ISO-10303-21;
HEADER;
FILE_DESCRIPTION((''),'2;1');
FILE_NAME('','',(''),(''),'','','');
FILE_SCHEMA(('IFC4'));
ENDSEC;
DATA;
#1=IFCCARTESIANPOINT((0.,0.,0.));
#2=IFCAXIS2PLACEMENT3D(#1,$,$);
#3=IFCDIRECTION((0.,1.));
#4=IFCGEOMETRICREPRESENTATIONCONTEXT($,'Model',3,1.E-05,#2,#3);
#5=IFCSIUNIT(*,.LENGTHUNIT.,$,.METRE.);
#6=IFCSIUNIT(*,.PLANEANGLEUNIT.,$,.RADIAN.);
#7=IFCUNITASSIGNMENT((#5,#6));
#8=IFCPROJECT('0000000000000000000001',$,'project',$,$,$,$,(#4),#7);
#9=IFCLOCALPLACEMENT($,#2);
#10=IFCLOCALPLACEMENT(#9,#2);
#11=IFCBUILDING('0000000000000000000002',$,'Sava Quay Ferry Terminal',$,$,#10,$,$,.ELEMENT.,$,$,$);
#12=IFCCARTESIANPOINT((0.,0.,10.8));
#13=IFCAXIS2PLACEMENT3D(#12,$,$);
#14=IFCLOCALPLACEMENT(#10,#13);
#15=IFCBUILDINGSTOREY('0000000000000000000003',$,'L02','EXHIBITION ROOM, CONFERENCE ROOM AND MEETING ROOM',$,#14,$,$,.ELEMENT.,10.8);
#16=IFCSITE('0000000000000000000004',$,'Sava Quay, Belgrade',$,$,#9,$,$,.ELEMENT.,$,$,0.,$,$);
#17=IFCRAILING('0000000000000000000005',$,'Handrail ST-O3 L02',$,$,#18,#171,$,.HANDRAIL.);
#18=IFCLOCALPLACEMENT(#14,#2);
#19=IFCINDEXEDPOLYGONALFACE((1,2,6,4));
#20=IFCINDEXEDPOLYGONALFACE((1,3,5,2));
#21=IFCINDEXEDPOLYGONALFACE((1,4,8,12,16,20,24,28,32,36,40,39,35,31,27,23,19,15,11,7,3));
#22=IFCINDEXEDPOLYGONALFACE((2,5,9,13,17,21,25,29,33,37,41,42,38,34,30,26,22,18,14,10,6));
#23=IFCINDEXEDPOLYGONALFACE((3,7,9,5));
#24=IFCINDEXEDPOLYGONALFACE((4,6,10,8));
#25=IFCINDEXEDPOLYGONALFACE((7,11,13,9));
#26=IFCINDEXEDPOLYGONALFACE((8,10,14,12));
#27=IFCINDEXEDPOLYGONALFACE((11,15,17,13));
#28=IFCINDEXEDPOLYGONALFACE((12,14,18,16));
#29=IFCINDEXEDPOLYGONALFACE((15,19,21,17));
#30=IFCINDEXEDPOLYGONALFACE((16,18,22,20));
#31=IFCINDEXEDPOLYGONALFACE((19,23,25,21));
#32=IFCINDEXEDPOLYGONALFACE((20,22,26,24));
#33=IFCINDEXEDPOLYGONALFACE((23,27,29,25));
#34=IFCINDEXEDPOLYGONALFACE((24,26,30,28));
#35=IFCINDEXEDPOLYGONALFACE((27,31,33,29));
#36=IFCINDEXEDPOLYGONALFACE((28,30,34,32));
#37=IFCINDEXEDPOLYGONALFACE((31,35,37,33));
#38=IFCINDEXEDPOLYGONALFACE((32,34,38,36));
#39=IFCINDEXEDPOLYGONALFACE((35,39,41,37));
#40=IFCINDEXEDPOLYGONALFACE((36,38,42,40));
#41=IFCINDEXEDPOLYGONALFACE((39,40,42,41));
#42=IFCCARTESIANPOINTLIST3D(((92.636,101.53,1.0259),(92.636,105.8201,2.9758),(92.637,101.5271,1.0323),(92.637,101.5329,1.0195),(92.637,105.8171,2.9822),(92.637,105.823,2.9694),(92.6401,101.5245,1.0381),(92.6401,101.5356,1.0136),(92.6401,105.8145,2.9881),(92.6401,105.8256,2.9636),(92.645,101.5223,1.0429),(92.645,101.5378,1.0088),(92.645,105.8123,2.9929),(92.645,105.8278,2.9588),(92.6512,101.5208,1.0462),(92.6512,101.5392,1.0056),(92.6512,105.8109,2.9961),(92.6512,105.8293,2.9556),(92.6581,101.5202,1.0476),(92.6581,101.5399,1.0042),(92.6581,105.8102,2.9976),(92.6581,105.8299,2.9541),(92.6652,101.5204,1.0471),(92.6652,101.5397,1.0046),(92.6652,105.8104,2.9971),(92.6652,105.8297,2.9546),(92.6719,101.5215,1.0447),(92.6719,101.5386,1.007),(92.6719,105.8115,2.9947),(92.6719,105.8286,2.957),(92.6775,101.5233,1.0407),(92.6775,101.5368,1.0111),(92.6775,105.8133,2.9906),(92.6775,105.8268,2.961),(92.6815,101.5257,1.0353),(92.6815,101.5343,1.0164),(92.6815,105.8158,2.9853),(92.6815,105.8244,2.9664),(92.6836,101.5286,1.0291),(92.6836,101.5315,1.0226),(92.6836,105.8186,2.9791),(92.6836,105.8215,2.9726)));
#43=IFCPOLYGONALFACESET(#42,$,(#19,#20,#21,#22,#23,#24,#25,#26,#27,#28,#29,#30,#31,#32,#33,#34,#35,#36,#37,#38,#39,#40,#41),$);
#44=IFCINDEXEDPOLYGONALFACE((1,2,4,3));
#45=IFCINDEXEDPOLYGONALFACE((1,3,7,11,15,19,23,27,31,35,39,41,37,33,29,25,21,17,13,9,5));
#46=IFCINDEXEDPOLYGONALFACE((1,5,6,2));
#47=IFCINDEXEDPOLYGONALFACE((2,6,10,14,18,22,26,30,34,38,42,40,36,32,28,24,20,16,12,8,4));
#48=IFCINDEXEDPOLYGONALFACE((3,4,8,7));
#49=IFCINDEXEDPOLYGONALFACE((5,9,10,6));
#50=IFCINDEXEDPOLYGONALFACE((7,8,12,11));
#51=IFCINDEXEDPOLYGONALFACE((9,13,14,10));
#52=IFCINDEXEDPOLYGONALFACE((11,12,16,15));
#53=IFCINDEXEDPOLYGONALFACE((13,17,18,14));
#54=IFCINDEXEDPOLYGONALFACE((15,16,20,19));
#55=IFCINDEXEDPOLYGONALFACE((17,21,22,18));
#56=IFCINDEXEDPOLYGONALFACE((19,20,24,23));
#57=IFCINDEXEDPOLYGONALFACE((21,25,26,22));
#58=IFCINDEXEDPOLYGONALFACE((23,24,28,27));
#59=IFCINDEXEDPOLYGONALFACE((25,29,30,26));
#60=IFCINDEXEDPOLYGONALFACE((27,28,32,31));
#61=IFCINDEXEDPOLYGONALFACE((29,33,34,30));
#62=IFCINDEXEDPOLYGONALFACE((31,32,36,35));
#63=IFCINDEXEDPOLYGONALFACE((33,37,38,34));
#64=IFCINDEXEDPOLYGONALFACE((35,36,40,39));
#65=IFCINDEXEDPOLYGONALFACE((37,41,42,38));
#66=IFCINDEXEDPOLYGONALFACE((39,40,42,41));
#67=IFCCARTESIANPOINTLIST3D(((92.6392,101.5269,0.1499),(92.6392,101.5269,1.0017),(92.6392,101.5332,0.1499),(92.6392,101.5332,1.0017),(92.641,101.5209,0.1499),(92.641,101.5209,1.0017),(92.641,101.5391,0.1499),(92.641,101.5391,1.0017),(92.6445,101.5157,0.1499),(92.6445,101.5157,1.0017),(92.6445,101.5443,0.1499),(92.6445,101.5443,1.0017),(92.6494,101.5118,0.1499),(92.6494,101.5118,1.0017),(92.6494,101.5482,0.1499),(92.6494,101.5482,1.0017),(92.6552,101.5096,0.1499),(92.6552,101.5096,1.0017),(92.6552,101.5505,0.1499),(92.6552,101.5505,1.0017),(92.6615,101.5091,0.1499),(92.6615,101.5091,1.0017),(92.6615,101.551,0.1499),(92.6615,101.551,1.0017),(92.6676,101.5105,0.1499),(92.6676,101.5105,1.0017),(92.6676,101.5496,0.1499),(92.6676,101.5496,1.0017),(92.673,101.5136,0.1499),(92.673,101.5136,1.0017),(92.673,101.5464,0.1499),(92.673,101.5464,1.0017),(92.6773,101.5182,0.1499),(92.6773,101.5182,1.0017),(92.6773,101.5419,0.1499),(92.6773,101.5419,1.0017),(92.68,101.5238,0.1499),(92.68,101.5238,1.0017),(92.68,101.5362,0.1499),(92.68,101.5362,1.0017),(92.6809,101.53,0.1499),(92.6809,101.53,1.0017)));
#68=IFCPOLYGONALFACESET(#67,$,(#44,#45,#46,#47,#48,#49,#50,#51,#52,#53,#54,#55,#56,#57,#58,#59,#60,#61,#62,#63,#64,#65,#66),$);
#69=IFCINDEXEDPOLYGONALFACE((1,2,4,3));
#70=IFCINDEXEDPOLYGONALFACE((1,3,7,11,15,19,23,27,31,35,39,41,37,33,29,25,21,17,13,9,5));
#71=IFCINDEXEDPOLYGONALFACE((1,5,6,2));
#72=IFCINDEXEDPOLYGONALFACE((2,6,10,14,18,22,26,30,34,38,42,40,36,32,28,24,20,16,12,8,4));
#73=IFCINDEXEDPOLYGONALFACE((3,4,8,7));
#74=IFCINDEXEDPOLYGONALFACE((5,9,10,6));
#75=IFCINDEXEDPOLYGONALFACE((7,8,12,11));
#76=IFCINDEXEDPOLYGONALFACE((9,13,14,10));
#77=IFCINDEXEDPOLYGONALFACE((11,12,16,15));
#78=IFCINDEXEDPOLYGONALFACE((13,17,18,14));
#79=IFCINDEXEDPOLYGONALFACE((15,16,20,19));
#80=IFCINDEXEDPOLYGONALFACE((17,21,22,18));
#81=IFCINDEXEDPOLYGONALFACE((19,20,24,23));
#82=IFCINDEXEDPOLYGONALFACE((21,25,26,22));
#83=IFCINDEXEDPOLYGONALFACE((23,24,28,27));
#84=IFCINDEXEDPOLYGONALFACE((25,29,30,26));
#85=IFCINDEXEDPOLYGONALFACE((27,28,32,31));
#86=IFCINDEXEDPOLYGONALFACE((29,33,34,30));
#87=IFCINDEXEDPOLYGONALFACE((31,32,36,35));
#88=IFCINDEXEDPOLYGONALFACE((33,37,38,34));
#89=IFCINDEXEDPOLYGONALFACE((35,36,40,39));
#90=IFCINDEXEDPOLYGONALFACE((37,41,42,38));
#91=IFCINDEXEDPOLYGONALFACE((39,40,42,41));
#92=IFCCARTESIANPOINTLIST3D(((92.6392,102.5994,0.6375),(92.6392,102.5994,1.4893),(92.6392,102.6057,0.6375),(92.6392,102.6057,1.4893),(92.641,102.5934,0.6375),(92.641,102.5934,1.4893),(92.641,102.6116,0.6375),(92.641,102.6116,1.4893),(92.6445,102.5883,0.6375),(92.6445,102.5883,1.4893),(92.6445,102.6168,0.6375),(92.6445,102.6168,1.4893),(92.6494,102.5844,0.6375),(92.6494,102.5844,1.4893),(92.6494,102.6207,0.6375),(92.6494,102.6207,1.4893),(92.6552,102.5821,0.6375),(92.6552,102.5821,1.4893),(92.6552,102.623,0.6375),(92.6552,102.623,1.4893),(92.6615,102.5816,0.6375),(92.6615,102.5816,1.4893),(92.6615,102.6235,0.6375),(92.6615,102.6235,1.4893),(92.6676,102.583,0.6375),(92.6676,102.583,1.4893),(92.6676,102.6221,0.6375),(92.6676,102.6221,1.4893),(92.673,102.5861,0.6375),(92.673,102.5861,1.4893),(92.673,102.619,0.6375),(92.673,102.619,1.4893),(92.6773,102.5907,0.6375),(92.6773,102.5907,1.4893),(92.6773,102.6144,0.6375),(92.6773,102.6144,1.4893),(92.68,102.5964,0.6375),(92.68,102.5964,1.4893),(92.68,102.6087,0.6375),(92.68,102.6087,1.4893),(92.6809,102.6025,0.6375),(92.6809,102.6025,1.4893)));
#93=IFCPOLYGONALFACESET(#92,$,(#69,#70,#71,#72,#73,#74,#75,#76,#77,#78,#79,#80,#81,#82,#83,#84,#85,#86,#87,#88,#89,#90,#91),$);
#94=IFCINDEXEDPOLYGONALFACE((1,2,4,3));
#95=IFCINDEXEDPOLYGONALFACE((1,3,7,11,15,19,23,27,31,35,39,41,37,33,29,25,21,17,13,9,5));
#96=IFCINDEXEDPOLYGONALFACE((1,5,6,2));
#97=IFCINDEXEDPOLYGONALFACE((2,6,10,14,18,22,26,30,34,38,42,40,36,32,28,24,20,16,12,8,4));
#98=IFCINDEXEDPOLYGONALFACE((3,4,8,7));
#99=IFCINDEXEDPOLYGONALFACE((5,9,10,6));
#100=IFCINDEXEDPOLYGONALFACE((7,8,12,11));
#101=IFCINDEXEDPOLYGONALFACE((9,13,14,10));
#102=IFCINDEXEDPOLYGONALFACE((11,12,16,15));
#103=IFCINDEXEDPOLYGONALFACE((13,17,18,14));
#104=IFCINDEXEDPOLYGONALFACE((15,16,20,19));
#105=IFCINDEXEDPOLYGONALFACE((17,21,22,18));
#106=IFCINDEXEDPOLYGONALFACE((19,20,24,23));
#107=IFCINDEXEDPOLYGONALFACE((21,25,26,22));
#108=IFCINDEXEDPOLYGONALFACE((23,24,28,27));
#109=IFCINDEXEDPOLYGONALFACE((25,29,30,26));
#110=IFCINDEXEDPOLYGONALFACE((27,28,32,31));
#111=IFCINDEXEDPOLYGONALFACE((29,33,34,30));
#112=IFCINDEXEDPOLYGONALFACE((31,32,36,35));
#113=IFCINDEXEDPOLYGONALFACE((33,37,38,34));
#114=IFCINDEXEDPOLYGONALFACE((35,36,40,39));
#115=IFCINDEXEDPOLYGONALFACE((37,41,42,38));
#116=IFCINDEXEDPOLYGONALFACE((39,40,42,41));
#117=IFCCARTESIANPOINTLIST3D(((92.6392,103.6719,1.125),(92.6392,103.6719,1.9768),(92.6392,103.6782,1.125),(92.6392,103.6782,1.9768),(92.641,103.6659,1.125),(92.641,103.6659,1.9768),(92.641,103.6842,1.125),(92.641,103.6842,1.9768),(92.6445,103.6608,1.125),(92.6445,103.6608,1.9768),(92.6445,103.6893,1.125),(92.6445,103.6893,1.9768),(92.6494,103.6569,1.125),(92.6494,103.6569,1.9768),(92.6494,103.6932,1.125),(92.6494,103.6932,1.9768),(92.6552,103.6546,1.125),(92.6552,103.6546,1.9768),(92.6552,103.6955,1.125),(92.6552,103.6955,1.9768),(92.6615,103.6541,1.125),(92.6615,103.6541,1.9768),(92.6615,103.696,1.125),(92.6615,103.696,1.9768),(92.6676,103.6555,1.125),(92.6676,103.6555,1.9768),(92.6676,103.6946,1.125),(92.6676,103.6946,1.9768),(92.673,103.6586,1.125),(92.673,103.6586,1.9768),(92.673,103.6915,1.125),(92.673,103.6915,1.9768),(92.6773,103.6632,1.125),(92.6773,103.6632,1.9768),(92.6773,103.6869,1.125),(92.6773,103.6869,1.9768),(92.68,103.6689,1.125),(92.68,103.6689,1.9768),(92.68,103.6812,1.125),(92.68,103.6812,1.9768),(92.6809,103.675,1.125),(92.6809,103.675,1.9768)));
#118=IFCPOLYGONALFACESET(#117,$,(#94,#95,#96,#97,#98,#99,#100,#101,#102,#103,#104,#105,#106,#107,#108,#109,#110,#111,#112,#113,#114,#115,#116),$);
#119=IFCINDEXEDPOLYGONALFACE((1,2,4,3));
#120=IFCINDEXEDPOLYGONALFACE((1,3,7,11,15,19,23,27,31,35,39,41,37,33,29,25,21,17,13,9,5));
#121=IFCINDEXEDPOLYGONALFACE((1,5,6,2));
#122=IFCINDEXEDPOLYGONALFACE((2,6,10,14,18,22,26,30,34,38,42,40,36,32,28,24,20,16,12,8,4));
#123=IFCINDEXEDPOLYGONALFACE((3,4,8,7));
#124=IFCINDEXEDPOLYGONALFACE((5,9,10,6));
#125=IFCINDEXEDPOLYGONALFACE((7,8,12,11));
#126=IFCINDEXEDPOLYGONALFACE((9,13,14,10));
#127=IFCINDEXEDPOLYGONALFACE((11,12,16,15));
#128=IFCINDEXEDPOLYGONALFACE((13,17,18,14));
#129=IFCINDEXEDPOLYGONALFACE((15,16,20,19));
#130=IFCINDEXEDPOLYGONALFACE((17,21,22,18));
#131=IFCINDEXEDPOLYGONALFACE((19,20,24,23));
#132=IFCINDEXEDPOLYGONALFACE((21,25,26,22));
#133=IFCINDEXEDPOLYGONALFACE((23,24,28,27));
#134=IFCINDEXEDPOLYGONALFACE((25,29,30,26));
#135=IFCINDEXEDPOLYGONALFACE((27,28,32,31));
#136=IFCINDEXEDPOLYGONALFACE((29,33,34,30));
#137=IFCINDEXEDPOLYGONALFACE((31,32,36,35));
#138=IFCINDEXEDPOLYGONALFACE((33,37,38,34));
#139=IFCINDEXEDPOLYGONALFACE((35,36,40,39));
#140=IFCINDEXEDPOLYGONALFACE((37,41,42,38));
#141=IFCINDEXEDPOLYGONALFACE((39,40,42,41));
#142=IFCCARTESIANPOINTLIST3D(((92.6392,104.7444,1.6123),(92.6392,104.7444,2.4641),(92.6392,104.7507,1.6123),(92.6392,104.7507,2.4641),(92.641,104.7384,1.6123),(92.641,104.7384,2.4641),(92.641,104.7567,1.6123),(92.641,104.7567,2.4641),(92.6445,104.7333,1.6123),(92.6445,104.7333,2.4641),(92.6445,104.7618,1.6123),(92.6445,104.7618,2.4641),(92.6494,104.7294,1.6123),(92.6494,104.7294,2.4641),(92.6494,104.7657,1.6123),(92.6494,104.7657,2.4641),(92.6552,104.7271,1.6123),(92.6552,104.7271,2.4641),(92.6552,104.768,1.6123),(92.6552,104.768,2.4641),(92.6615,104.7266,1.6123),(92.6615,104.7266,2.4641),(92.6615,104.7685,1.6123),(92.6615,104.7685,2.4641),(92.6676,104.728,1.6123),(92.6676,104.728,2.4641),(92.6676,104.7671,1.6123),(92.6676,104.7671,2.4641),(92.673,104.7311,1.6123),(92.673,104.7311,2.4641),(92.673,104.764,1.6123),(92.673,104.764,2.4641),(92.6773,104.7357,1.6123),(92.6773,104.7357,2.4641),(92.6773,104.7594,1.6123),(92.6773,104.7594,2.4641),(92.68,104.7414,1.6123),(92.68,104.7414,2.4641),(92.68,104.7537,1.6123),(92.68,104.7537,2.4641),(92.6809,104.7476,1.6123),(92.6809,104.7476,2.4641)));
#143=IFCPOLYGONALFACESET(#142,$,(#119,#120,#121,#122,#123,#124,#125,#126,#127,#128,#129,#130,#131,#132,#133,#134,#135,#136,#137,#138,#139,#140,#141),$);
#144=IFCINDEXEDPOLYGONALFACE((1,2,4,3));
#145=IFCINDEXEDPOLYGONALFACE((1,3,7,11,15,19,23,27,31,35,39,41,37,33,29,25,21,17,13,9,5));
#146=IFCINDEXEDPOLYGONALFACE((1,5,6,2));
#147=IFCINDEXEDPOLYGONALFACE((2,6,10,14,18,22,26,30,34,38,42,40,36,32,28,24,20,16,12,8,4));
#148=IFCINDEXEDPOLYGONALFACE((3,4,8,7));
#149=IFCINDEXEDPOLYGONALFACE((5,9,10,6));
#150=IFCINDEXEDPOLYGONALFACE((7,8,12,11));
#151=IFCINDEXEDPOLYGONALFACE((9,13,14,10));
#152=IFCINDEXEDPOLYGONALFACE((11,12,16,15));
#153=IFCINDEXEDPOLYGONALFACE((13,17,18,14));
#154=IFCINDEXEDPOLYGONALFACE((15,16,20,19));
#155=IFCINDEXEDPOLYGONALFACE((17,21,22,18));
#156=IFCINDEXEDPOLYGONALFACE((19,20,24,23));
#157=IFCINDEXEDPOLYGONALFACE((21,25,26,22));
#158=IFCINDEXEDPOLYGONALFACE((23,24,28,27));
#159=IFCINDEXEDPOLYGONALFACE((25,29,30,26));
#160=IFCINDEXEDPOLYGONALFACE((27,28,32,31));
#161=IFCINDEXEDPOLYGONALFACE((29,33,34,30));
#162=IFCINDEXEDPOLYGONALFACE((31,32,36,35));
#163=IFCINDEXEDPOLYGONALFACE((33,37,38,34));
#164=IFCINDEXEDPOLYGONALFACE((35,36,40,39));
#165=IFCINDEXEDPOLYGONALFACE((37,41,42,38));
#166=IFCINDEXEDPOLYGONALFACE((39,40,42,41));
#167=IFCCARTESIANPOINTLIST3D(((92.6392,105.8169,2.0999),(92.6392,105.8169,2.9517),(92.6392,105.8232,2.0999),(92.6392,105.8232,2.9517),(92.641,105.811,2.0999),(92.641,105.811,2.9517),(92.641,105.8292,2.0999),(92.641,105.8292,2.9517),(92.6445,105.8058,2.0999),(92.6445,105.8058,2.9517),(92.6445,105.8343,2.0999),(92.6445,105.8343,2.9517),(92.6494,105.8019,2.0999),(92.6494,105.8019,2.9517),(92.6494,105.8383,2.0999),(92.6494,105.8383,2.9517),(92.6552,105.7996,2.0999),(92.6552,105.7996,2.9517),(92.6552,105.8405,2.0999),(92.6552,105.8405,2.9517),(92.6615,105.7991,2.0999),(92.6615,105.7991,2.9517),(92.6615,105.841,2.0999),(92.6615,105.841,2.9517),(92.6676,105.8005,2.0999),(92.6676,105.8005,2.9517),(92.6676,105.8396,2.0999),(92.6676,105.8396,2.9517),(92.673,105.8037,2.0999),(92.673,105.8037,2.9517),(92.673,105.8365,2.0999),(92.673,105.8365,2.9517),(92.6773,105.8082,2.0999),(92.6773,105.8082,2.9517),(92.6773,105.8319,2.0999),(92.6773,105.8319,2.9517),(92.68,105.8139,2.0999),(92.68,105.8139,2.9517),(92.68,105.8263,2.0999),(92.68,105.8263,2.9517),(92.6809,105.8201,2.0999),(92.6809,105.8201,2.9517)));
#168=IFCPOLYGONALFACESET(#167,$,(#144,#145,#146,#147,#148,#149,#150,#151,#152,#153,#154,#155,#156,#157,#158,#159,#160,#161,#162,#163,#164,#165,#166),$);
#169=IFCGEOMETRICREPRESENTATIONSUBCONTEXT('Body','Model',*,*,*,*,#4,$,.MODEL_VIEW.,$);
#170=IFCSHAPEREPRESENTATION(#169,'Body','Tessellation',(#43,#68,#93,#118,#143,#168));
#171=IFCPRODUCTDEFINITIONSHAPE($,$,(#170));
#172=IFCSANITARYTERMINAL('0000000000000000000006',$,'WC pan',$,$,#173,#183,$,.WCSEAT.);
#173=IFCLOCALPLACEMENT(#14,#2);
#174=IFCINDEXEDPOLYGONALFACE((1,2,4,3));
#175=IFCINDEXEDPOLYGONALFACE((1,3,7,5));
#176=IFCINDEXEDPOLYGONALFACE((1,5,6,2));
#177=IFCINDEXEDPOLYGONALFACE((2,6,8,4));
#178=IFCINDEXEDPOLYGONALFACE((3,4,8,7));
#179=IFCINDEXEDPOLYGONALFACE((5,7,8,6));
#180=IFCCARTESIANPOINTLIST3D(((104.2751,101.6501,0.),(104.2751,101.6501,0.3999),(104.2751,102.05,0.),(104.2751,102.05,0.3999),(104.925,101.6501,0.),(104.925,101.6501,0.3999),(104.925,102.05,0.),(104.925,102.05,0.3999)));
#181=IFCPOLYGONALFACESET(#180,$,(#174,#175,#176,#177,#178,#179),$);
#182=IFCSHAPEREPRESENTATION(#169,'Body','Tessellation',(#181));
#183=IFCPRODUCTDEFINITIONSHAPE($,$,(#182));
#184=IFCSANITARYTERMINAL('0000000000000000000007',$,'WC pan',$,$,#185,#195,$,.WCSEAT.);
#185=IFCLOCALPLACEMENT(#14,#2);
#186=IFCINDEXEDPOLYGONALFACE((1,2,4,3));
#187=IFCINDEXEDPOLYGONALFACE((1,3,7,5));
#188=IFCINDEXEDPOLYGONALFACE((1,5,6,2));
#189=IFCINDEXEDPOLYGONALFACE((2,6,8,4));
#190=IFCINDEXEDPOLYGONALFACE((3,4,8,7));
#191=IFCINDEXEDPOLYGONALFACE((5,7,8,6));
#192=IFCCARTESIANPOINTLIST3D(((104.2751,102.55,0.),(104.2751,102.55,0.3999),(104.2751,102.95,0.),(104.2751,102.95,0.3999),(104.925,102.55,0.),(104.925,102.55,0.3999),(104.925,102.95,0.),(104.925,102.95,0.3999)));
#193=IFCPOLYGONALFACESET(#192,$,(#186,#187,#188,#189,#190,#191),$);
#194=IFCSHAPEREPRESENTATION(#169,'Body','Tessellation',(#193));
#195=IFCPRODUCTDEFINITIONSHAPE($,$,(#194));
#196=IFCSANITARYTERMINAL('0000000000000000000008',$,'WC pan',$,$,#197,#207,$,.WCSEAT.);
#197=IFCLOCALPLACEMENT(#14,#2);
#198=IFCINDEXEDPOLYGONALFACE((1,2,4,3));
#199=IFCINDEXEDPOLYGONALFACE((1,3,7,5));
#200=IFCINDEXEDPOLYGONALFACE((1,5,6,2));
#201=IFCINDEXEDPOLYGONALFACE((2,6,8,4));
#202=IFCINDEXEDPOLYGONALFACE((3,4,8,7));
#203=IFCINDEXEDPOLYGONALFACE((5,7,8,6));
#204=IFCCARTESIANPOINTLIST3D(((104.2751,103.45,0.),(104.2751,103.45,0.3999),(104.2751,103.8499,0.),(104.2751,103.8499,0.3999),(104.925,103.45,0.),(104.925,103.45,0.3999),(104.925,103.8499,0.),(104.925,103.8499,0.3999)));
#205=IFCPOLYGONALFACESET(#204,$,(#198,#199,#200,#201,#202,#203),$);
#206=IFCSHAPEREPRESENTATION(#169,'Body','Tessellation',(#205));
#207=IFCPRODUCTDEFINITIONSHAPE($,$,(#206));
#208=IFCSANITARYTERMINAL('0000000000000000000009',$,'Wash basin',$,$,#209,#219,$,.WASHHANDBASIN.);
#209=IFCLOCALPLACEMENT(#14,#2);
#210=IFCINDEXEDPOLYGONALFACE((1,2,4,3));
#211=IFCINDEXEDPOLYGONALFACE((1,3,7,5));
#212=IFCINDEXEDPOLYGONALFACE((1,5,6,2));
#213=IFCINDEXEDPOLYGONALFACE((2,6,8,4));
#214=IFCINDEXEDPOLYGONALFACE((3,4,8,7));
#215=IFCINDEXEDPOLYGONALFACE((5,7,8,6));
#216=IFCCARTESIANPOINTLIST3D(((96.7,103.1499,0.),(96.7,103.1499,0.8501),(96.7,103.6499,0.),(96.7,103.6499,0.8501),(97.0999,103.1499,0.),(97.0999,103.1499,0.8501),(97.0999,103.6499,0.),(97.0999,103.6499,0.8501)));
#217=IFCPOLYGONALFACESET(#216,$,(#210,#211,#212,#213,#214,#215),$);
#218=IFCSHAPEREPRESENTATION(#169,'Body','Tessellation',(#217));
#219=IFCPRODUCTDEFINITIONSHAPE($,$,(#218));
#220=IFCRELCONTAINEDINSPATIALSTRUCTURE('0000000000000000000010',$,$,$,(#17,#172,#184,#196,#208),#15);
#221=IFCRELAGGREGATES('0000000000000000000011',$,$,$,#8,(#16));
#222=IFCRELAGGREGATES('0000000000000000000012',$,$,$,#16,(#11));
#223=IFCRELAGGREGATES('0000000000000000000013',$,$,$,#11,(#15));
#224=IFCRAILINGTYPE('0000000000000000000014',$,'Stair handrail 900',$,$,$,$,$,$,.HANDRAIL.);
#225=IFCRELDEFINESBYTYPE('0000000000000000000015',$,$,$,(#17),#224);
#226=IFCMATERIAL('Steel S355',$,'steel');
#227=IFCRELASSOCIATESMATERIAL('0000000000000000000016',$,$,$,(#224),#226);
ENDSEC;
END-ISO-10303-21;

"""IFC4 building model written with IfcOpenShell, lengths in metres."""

from ifc_helpers import new_model, si_unit, direction, frame, origin, origin_2d, place, context, subcontext, project, spatial, rectangle, circle, extrude, material, type_object, element, save


model = new_model("IFC4")

# Units and contexts
model_context = context("Model", 3, precision=1e-05, world=origin(), true_north=direction((0.0, 1.0)))
body_context = subcontext(model_context, "Body", "Model", "MODEL_VIEW")
ifc_project = project(units=[si_unit("LENGTHUNIT", "METRE"), si_unit("PLANEANGLEUNIT", "RADIAN")], contexts=[model_context])

# Site, building, storey
site_placement = place(None, origin())
site = spatial("IfcSite", under=ifc_project, at=site_placement, Name="Sava Quay, Belgrade", CompositionType="ELEMENT", RefElevation=0.0)
building_placement = place(site_placement, origin())
building = spatial("IfcBuilding", under=site, at=building_placement, Name="Sava Quay Ferry Terminal", CompositionType="ELEMENT")
storey_placement = place(building_placement, frame((0.0, 0.0, 10.8)))
storey = spatial("IfcBuildingStorey", under=building, at=storey_placement, Name="L02", Description="EXHIBITION ROOM, CONFERENCE ROOM AND MEETING ROOM", CompositionType="ELEMENT", Elevation=10.8)

# Railing
ifc_material_1 = material(Name="Steel S355", Category="steel")
railing_type_1 = type_object("IfcRailingType", Name="Stair handrail 900", PredefinedType="HANDRAIL", material=ifc_material_1)
railing_1_placement = place(storey_placement, frame((92.6599, 101.53, 0.1499)))
element("IfcRailing", 1, at=railing_1_placement, inside=storey, type_object=railing_type_1, Name="Handrail ST-O3 L02", PredefinedType="HANDRAIL", context=body_context, shape_type="SweptSolid", body=[
    extrude(circle(Radius=0.0239, at=origin_2d()), frame((0.0, 0.0, 0.876), z_axis=(0.0, 0.910372, 0.413791), x_axis=(-1.0, 0.0, 0.0)), (0.0, 0.0, 1.0), 4.7124),
    extrude(circle(Radius=0.021, at=origin_2d()), origin(), (0.0, 0.0, 1.0), 0.8518),
    extrude(circle(Radius=0.021, at=origin_2d()), frame((0.0, 1.0725, 0.4875)), (0.0, 0.0, 1.0), 0.8518),
    extrude(circle(Radius=0.021, at=origin_2d()), frame((0.0, 2.145, 0.9751)), (0.0, 0.0, 1.0), 0.8518),
    extrude(circle(Radius=0.021, at=origin_2d()), frame((0.0, 3.2175, 1.4624)), (0.0, 0.0, 1.0), 0.8518),
    extrude(circle(Radius=0.021, at=origin_2d()), frame((0.0, 4.29, 1.95)), (0.0, 0.0, 1.0), 0.8518),
])

# Sanitary terminals
for number, where, z_axis, x_axis, name in (
    (2, (104.6001, 101.8501, 0.0), (0.0, 0.0, 1.0), (1.0, 0.0, 0.0), "WC pan"),
    (3, (104.6001, 102.75, 0.0), (0.0, 0.0, 1.0), (1.0, 0.0, 0.0), "WC pan"),
    (4, (104.6001, 103.6499, 0.0), (0.0, 0.0, 1.0), (1.0, 0.0, 0.0), "WC pan"),
):
    element("IfcSanitaryTerminal", number, at=place(storey_placement, frame(where, z_axis=z_axis, x_axis=x_axis)), inside=storey, Name=name, PredefinedType="WCSEAT", context=body_context, shape_type="SweptSolid", body=[
        extrude(rectangle(XDim=0.6499, YDim=0.3999, at=origin_2d()), origin(), (0.0, 0.0, 1.0), 0.3999),
    ])
sanitary_terminal_placement = place(storey_placement, frame((96.8999, 103.3999, 0.0), z_axis=(0.0, 0.0, 1.0), x_axis=(1.0, 0.0, 0.0)))
element("IfcSanitaryTerminal", 5, at=sanitary_terminal_placement, inside=storey, Name="Wash basin", PredefinedType="WASHHANDBASIN", context=body_context, shape_type="SweptSolid", body=[
    extrude(rectangle(XDim=0.3999, YDim=0.5, at=origin_2d()), origin(), (0.0, 0.0, 1.0), 0.8501),
])

save(model, "model.ifc")
